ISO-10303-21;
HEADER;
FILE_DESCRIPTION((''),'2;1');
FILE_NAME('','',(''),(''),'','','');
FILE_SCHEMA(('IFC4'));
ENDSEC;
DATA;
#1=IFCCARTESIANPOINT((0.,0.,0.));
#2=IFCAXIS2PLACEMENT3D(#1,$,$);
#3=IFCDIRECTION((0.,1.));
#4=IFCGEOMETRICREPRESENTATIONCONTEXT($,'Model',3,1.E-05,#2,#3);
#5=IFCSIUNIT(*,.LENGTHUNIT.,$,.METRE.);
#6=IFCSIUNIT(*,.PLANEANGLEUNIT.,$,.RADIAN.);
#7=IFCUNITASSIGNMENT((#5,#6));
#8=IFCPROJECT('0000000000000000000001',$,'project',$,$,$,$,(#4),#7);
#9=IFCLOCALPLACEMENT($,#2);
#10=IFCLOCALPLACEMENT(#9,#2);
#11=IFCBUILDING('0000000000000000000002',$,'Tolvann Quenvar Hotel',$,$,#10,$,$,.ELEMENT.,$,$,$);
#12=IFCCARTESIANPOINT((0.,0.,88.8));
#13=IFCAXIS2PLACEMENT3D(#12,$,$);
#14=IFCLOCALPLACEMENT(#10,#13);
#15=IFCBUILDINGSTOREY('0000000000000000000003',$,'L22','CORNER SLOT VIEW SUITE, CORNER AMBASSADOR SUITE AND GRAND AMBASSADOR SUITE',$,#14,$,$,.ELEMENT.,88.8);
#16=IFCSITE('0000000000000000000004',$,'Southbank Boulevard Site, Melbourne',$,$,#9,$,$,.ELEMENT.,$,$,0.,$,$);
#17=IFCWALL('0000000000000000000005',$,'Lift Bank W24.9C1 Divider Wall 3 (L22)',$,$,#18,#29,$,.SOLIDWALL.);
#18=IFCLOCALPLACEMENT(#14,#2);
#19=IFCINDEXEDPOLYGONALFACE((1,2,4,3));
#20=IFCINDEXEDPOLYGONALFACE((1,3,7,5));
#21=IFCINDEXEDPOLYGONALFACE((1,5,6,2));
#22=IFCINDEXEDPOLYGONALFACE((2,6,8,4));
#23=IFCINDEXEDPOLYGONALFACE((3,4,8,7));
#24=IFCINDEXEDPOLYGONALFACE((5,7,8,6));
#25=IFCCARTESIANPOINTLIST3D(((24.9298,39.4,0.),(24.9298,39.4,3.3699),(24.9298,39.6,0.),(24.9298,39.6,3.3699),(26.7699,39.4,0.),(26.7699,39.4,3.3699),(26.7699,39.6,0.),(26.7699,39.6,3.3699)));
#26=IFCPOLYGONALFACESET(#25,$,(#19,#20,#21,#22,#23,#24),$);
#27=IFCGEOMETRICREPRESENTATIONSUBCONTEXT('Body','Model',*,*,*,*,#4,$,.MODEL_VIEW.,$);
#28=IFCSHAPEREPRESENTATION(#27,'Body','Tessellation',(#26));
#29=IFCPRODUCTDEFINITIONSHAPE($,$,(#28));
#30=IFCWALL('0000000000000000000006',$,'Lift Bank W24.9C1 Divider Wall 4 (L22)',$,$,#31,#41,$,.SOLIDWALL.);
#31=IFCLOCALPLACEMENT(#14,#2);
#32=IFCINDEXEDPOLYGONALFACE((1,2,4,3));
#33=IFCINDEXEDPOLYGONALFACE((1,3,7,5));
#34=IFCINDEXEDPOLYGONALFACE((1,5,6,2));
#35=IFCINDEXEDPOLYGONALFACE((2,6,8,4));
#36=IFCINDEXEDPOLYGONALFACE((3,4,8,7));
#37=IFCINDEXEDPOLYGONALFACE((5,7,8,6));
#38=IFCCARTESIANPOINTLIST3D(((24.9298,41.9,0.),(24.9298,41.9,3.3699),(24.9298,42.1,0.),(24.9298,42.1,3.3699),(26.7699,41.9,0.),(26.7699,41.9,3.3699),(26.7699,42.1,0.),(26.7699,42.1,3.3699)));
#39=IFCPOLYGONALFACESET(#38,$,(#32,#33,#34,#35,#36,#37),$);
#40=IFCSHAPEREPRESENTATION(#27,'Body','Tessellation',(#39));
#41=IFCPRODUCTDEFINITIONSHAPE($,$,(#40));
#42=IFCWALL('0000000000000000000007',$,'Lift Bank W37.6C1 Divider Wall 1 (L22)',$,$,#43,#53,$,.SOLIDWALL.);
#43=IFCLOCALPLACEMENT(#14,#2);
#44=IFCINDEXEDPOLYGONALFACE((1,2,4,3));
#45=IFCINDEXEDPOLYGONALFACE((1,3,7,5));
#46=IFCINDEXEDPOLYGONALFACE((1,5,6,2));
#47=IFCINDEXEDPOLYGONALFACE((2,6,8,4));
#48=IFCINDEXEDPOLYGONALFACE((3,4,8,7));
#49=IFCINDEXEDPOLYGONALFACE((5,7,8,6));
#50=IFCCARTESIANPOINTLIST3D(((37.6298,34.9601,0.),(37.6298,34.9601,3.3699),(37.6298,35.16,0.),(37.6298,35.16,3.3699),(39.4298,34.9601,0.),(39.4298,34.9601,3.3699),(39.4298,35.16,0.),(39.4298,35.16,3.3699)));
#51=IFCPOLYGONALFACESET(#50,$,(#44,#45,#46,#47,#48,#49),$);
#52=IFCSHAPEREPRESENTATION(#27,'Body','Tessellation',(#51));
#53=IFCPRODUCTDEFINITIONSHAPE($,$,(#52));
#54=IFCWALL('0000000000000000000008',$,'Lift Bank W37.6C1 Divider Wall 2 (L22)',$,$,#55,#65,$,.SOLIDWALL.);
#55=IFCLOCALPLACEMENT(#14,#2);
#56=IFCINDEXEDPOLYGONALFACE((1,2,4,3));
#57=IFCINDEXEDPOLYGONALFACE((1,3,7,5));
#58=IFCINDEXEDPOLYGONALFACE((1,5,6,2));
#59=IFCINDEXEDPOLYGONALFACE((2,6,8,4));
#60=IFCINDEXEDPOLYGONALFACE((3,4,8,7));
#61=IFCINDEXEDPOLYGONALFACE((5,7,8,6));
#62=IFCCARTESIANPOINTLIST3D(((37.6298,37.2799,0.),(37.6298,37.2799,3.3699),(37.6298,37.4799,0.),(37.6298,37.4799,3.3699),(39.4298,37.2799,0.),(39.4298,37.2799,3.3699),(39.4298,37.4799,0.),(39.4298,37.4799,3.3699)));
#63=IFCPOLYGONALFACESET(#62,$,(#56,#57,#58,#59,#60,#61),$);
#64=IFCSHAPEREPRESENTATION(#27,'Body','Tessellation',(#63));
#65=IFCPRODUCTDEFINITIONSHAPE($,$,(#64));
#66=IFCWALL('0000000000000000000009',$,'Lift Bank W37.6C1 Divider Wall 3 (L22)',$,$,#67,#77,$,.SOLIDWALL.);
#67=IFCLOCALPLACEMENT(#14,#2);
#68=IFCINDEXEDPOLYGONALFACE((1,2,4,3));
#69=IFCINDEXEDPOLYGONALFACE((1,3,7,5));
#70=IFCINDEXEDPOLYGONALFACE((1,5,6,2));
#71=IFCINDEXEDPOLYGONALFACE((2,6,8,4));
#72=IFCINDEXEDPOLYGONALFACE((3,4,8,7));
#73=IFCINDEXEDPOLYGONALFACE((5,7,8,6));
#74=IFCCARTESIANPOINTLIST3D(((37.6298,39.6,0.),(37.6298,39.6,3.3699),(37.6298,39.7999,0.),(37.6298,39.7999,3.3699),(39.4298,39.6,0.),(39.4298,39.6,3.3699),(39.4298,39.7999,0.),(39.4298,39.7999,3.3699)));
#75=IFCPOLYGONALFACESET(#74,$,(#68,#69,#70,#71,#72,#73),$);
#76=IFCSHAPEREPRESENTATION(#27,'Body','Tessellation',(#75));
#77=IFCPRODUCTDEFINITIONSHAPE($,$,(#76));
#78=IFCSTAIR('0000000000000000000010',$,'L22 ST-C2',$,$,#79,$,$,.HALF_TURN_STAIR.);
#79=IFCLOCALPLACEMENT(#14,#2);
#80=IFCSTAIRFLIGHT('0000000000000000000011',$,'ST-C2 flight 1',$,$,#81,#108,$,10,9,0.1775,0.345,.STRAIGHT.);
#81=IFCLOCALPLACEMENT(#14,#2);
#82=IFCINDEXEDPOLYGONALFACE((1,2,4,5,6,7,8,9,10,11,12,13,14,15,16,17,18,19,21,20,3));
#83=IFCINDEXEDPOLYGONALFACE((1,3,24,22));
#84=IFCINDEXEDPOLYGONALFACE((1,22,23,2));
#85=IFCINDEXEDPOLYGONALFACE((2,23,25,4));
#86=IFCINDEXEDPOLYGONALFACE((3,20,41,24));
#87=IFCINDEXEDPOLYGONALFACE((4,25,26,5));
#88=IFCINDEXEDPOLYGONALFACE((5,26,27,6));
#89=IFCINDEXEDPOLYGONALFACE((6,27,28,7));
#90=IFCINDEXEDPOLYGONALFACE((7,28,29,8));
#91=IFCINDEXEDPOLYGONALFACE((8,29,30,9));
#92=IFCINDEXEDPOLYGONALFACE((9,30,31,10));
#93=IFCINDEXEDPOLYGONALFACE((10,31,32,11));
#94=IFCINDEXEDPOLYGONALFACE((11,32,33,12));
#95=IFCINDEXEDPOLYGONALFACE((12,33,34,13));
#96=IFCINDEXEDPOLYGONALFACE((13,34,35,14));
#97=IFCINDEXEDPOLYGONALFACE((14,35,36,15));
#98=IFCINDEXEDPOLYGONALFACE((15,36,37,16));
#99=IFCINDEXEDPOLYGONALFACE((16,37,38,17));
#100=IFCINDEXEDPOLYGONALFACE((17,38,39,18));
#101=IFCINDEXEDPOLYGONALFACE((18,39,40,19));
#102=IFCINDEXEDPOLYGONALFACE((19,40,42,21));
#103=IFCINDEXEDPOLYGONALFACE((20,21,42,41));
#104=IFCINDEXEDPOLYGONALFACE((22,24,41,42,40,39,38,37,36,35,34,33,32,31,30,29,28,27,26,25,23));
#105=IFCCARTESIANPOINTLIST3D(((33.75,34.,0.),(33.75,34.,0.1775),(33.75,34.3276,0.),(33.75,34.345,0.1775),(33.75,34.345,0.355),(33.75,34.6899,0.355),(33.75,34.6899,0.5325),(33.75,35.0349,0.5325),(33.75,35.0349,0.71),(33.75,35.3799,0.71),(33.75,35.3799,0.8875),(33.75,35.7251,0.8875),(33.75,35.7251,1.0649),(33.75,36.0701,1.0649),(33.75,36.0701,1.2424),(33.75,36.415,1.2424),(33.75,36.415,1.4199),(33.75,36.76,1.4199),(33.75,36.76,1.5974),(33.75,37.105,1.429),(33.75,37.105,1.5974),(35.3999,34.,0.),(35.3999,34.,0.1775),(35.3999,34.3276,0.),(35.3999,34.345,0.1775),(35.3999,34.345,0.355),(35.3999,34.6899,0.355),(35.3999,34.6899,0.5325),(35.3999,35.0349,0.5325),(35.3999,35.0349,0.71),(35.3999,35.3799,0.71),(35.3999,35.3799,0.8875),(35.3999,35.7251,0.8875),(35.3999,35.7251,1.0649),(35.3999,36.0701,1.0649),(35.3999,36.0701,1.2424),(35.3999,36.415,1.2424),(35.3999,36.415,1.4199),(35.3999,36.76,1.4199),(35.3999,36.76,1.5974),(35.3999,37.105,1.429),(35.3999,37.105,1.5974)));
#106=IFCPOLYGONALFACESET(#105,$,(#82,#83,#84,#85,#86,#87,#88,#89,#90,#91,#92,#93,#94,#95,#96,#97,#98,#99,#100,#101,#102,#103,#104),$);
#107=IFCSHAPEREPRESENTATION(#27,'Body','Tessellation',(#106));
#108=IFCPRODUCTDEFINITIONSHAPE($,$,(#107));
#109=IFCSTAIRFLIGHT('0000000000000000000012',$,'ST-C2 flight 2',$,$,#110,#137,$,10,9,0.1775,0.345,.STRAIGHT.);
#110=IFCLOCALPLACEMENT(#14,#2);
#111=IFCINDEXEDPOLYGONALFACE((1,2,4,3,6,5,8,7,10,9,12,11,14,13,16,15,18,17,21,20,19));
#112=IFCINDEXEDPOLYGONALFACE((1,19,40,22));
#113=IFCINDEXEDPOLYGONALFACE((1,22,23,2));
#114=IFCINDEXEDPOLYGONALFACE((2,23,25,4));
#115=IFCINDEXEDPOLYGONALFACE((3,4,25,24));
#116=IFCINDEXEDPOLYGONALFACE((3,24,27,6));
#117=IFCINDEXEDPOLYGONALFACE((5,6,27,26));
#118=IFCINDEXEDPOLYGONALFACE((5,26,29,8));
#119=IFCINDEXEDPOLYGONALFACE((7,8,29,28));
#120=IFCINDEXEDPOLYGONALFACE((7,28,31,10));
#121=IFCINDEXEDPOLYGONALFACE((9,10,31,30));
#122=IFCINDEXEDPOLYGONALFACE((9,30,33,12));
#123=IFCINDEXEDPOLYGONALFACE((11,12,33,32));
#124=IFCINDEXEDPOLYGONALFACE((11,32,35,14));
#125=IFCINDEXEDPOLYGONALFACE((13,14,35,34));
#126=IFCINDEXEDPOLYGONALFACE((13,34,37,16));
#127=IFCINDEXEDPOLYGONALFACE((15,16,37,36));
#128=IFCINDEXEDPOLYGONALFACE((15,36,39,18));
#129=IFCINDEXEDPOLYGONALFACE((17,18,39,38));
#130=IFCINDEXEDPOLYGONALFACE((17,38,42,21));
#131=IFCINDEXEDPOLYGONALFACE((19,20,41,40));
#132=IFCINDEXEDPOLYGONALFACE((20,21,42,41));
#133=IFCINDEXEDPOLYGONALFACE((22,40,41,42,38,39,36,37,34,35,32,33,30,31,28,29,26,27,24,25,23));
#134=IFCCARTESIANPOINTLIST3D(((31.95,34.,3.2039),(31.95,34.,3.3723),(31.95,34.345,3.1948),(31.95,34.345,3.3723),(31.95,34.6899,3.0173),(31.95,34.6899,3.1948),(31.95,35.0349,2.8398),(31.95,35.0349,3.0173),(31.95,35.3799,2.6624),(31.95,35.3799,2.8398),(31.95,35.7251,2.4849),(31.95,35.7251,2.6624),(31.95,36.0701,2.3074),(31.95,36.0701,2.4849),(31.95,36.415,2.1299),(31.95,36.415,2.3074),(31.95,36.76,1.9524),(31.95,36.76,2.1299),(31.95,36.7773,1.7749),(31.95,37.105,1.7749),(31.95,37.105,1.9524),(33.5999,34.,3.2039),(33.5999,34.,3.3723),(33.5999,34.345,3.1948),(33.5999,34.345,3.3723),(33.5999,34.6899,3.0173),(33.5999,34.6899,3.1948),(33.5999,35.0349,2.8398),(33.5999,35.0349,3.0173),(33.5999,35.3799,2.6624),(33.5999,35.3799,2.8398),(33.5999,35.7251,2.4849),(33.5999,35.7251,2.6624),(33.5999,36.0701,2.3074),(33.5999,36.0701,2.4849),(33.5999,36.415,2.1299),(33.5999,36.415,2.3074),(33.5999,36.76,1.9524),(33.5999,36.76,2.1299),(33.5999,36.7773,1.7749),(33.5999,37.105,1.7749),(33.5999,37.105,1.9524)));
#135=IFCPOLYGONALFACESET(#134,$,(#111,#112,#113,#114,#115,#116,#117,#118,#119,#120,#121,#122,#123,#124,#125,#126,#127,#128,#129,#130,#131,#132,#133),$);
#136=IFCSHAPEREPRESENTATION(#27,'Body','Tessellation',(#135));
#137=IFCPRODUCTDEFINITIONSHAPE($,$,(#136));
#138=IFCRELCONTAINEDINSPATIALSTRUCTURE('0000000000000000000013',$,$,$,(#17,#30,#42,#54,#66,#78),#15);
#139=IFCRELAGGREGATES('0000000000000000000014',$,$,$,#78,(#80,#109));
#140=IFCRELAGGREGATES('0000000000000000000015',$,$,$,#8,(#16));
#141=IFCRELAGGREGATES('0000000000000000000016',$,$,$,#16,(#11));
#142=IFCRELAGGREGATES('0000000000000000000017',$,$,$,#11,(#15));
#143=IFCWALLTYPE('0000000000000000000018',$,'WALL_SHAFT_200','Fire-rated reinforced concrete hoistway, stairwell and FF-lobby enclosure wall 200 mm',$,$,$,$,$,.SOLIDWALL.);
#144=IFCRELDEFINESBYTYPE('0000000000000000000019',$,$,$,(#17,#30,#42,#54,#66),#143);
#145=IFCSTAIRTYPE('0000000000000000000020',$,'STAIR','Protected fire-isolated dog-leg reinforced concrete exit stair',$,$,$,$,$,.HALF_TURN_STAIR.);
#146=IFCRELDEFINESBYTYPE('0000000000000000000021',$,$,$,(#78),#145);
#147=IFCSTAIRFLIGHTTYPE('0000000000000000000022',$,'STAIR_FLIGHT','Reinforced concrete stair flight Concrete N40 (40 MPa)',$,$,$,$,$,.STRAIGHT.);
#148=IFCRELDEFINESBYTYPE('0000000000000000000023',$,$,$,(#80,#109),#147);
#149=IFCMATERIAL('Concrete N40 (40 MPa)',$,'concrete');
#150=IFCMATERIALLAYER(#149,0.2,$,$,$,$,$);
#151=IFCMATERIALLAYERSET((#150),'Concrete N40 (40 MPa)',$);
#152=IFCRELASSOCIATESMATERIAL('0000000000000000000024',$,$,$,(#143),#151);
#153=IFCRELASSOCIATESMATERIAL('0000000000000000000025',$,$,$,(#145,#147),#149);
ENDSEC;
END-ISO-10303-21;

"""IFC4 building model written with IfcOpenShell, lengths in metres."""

from ifc_helpers import new_model, si_unit, direction, frame, frame_2d, origin, place, context, subcontext, project, spatial, polyline, rectangle, outline, extrude, material, layer, layer_set, type_object, element, aggregate, save


model = new_model("IFC4")

# Units and contexts
model_context = context("Model", 3, precision=1e-05, world=origin(), true_north=direction((0.0, 1.0)))
body_context = subcontext(model_context, "Body", "Model", "MODEL_VIEW")
ifc_project = project(units=[si_unit("LENGTHUNIT", "METRE"), si_unit("PLANEANGLEUNIT", "RADIAN")], contexts=[model_context])

# Site, building, storey
site_placement = place(None, origin())
site = spatial("IfcSite", under=ifc_project, at=site_placement, Name="Southbank Boulevard Site, Melbourne", CompositionType="ELEMENT", RefElevation=0.0)
building_placement = place(site_placement, origin())
building = spatial("IfcBuilding", under=site, at=building_placement, Name="Tolvann Quenvar Hotel", CompositionType="ELEMENT")
storey_placement = place(building_placement, frame((0.0, 0.0, 88.8)))
storey = spatial("IfcBuildingStorey", under=building, at=storey_placement, Name="L22", Description="CORNER SLOT VIEW SUITE, CORNER AMBASSADOR SUITE AND GRAND AMBASSADOR SUITE", CompositionType="ELEMENT", Elevation=88.8)

# Shared definitions
ifc_material_1 = material(Name="Concrete N40 (40 MPa)", Category="concrete")
ifc_layer_1 = layer(ifc_material_1, 0.2)
ifc_layer_set_1 = layer_set([ifc_layer_1], Name="Concrete N40 (40 MPa)")
wall_type_1 = type_object("IfcWallType", Name="WALL_SHAFT_200", Description="Fire-rated reinforced concrete hoistway, stairwell and FF-lobby enclosure wall 200 mm", PredefinedType="SOLIDWALL", material=ifc_layer_set_1)

# Walls
for number, where, z_axis, x_axis, name in (
    (1, (24.9299, 39.5, 0.0), (0.0, 0.0, 1.0), (1.0, 0.0, 0.0), "Lift Bank W24.9C1 Divider Wall 3 (L22)"),
    (2, (24.9299, 42.0, 0.0), (0.0, 0.0, 1.0), (1.0, 0.0, 0.0), "Lift Bank W24.9C1 Divider Wall 4 (L22)"),
):
    element("IfcWall", number, at=place(storey_placement, frame(where, z_axis=z_axis, x_axis=x_axis)), inside=storey, type_object=wall_type_1, Name=name, PredefinedType="SOLIDWALL", context=body_context, shape_type="SweptSolid", body=[
        extrude(rectangle(XDim=1.8401, YDim=0.2, at=frame_2d((0.9199, 0.0))), origin(), (0.0, 0.0, 1.0), 3.3699),
    ])
for number, where, z_axis, x_axis, name in (
    (3, (37.6299, 35.0601, 0.0), (0.0, 0.0, 1.0), (1.0, 0.0, 0.0), "Lift Bank W37.6C1 Divider Wall 1 (L22)"),
    (4, (37.6299, 37.3799, 0.0), (0.0, 0.0, 1.0), (1.0, 0.0, 0.0), "Lift Bank W37.6C1 Divider Wall 2 (L22)"),
    (5, (37.6299, 39.7, 0.0), (0.0, 0.0, 1.0), (1.0, 0.0, 0.0), "Lift Bank W37.6C1 Divider Wall 3 (L22)"),
):
    element("IfcWall", number, at=place(storey_placement, frame(where, z_axis=z_axis, x_axis=x_axis)), inside=storey, type_object=wall_type_1, Name=name, PredefinedType="SOLIDWALL", context=body_context, shape_type="SweptSolid", body=[
        extrude(rectangle(XDim=1.8, YDim=0.2, at=frame_2d((0.8999, 0.0))), origin(), (0.0, 0.0, 1.0), 3.3699),
    ])

# Stair, stair flights
stair_type = type_object("IfcStairType", Name="STAIR", Description="Protected fire-isolated dog-leg reinforced concrete exit stair", PredefinedType="HALF_TURN_STAIR", material=ifc_material_1)
stair_placement = place(storey_placement, origin())
stair = element("IfcStair", 6, at=stair_placement, inside=storey, type_object=stair_type, Name="L22 ST-C2", PredefinedType="HALF_TURN_STAIR")
stair_flight_type = type_object("IfcStairFlightType", Name="STAIR_FLIGHT", Description="Reinforced concrete stair flight Concrete N40 (40 MPa)", PredefinedType="STRAIGHT", material=ifc_material_1)
stair_flight_1_placement = place(storey_placement, frame((34.575, 34.0, 0.0), z_axis=(0.0, 0.0, 1.0), x_axis=(0.0, 1.0, 0.0)))
stair_flight_1 = element("IfcStairFlight", 7, at=stair_flight_1_placement, type_object=stair_flight_type, Name="ST-C2 flight 1", NumberOfRisers=10, NumberOfTreads=9, PredefinedType="STRAIGHT", RiserHeight=0.1775, TreadLength=0.345, context=body_context, shape_type="SweptSolid", body=[
    extrude(outline(polyline([(0.0, 0.0), (0.0, 0.1775), (0.345, 0.1775), (0.345, 0.355), (0.6899, 0.355), (0.6899, 0.5325), (1.0349, 0.5325), (1.0349, 0.71), (1.3799, 0.71), (1.3799, 0.8875), (1.7251, 0.8875), (1.7251, 1.0649), (2.0701, 1.0649), (2.0701, 1.2424), (2.415, 1.2424), (2.415, 1.4199), (2.76, 1.4199), (2.76, 1.5974), (3.105, 1.5974), (3.105, 1.7749), (3.105, 1.429), (0.3276, 0.0), (0.0, 0.0)])), frame((0.0, 0.825, 0.0), z_axis=(0.0, -1.0, 0.0), x_axis=(1.0, 0.0, 0.0)), (0.0, 0.0, 1.0), 1.6499),
])
stair_flight_2_placement = place(storey_placement, frame((32.7749, 37.105, 1.7749), z_axis=(0.0, 0.0, 1.0), x_axis=(0.0, -1.0, 0.0)))
stair_flight_2 = element("IfcStairFlight", 8, at=stair_flight_2_placement, type_object=stair_flight_type, Name="ST-C2 flight 2", NumberOfRisers=10, NumberOfTreads=9, PredefinedType="STRAIGHT", RiserHeight=0.1775, TreadLength=0.345, context=body_context, shape_type="SweptSolid", body=[
    extrude(outline(polyline([(0.0, 0.0), (0.0, 0.1775), (0.345, 0.1775), (0.345, 0.355), (0.6899, 0.355), (0.6899, 0.5325), (1.0349, 0.5325), (1.0349, 0.71), (1.3799, 0.71), (1.3799, 0.8875), (1.7251, 0.8875), (1.7251, 1.0649), (2.0701, 1.0649), (2.0701, 1.2424), (2.415, 1.2424), (2.415, 1.4199), (2.76, 1.4199), (2.76, 1.5974), (3.105, 1.5974), (3.105, 1.7749), (3.105, 1.429), (0.3276, 0.0), (0.0, 0.0)])), frame((0.0, 0.825, 0.0), z_axis=(0.0, -1.0, 0.0), x_axis=(1.0, 0.0, 0.0)), (0.0, 0.0, 1.0), 1.6499),
])
aggregate(stair, [stair_flight_1, stair_flight_2])

save(model, "model.ifc")
